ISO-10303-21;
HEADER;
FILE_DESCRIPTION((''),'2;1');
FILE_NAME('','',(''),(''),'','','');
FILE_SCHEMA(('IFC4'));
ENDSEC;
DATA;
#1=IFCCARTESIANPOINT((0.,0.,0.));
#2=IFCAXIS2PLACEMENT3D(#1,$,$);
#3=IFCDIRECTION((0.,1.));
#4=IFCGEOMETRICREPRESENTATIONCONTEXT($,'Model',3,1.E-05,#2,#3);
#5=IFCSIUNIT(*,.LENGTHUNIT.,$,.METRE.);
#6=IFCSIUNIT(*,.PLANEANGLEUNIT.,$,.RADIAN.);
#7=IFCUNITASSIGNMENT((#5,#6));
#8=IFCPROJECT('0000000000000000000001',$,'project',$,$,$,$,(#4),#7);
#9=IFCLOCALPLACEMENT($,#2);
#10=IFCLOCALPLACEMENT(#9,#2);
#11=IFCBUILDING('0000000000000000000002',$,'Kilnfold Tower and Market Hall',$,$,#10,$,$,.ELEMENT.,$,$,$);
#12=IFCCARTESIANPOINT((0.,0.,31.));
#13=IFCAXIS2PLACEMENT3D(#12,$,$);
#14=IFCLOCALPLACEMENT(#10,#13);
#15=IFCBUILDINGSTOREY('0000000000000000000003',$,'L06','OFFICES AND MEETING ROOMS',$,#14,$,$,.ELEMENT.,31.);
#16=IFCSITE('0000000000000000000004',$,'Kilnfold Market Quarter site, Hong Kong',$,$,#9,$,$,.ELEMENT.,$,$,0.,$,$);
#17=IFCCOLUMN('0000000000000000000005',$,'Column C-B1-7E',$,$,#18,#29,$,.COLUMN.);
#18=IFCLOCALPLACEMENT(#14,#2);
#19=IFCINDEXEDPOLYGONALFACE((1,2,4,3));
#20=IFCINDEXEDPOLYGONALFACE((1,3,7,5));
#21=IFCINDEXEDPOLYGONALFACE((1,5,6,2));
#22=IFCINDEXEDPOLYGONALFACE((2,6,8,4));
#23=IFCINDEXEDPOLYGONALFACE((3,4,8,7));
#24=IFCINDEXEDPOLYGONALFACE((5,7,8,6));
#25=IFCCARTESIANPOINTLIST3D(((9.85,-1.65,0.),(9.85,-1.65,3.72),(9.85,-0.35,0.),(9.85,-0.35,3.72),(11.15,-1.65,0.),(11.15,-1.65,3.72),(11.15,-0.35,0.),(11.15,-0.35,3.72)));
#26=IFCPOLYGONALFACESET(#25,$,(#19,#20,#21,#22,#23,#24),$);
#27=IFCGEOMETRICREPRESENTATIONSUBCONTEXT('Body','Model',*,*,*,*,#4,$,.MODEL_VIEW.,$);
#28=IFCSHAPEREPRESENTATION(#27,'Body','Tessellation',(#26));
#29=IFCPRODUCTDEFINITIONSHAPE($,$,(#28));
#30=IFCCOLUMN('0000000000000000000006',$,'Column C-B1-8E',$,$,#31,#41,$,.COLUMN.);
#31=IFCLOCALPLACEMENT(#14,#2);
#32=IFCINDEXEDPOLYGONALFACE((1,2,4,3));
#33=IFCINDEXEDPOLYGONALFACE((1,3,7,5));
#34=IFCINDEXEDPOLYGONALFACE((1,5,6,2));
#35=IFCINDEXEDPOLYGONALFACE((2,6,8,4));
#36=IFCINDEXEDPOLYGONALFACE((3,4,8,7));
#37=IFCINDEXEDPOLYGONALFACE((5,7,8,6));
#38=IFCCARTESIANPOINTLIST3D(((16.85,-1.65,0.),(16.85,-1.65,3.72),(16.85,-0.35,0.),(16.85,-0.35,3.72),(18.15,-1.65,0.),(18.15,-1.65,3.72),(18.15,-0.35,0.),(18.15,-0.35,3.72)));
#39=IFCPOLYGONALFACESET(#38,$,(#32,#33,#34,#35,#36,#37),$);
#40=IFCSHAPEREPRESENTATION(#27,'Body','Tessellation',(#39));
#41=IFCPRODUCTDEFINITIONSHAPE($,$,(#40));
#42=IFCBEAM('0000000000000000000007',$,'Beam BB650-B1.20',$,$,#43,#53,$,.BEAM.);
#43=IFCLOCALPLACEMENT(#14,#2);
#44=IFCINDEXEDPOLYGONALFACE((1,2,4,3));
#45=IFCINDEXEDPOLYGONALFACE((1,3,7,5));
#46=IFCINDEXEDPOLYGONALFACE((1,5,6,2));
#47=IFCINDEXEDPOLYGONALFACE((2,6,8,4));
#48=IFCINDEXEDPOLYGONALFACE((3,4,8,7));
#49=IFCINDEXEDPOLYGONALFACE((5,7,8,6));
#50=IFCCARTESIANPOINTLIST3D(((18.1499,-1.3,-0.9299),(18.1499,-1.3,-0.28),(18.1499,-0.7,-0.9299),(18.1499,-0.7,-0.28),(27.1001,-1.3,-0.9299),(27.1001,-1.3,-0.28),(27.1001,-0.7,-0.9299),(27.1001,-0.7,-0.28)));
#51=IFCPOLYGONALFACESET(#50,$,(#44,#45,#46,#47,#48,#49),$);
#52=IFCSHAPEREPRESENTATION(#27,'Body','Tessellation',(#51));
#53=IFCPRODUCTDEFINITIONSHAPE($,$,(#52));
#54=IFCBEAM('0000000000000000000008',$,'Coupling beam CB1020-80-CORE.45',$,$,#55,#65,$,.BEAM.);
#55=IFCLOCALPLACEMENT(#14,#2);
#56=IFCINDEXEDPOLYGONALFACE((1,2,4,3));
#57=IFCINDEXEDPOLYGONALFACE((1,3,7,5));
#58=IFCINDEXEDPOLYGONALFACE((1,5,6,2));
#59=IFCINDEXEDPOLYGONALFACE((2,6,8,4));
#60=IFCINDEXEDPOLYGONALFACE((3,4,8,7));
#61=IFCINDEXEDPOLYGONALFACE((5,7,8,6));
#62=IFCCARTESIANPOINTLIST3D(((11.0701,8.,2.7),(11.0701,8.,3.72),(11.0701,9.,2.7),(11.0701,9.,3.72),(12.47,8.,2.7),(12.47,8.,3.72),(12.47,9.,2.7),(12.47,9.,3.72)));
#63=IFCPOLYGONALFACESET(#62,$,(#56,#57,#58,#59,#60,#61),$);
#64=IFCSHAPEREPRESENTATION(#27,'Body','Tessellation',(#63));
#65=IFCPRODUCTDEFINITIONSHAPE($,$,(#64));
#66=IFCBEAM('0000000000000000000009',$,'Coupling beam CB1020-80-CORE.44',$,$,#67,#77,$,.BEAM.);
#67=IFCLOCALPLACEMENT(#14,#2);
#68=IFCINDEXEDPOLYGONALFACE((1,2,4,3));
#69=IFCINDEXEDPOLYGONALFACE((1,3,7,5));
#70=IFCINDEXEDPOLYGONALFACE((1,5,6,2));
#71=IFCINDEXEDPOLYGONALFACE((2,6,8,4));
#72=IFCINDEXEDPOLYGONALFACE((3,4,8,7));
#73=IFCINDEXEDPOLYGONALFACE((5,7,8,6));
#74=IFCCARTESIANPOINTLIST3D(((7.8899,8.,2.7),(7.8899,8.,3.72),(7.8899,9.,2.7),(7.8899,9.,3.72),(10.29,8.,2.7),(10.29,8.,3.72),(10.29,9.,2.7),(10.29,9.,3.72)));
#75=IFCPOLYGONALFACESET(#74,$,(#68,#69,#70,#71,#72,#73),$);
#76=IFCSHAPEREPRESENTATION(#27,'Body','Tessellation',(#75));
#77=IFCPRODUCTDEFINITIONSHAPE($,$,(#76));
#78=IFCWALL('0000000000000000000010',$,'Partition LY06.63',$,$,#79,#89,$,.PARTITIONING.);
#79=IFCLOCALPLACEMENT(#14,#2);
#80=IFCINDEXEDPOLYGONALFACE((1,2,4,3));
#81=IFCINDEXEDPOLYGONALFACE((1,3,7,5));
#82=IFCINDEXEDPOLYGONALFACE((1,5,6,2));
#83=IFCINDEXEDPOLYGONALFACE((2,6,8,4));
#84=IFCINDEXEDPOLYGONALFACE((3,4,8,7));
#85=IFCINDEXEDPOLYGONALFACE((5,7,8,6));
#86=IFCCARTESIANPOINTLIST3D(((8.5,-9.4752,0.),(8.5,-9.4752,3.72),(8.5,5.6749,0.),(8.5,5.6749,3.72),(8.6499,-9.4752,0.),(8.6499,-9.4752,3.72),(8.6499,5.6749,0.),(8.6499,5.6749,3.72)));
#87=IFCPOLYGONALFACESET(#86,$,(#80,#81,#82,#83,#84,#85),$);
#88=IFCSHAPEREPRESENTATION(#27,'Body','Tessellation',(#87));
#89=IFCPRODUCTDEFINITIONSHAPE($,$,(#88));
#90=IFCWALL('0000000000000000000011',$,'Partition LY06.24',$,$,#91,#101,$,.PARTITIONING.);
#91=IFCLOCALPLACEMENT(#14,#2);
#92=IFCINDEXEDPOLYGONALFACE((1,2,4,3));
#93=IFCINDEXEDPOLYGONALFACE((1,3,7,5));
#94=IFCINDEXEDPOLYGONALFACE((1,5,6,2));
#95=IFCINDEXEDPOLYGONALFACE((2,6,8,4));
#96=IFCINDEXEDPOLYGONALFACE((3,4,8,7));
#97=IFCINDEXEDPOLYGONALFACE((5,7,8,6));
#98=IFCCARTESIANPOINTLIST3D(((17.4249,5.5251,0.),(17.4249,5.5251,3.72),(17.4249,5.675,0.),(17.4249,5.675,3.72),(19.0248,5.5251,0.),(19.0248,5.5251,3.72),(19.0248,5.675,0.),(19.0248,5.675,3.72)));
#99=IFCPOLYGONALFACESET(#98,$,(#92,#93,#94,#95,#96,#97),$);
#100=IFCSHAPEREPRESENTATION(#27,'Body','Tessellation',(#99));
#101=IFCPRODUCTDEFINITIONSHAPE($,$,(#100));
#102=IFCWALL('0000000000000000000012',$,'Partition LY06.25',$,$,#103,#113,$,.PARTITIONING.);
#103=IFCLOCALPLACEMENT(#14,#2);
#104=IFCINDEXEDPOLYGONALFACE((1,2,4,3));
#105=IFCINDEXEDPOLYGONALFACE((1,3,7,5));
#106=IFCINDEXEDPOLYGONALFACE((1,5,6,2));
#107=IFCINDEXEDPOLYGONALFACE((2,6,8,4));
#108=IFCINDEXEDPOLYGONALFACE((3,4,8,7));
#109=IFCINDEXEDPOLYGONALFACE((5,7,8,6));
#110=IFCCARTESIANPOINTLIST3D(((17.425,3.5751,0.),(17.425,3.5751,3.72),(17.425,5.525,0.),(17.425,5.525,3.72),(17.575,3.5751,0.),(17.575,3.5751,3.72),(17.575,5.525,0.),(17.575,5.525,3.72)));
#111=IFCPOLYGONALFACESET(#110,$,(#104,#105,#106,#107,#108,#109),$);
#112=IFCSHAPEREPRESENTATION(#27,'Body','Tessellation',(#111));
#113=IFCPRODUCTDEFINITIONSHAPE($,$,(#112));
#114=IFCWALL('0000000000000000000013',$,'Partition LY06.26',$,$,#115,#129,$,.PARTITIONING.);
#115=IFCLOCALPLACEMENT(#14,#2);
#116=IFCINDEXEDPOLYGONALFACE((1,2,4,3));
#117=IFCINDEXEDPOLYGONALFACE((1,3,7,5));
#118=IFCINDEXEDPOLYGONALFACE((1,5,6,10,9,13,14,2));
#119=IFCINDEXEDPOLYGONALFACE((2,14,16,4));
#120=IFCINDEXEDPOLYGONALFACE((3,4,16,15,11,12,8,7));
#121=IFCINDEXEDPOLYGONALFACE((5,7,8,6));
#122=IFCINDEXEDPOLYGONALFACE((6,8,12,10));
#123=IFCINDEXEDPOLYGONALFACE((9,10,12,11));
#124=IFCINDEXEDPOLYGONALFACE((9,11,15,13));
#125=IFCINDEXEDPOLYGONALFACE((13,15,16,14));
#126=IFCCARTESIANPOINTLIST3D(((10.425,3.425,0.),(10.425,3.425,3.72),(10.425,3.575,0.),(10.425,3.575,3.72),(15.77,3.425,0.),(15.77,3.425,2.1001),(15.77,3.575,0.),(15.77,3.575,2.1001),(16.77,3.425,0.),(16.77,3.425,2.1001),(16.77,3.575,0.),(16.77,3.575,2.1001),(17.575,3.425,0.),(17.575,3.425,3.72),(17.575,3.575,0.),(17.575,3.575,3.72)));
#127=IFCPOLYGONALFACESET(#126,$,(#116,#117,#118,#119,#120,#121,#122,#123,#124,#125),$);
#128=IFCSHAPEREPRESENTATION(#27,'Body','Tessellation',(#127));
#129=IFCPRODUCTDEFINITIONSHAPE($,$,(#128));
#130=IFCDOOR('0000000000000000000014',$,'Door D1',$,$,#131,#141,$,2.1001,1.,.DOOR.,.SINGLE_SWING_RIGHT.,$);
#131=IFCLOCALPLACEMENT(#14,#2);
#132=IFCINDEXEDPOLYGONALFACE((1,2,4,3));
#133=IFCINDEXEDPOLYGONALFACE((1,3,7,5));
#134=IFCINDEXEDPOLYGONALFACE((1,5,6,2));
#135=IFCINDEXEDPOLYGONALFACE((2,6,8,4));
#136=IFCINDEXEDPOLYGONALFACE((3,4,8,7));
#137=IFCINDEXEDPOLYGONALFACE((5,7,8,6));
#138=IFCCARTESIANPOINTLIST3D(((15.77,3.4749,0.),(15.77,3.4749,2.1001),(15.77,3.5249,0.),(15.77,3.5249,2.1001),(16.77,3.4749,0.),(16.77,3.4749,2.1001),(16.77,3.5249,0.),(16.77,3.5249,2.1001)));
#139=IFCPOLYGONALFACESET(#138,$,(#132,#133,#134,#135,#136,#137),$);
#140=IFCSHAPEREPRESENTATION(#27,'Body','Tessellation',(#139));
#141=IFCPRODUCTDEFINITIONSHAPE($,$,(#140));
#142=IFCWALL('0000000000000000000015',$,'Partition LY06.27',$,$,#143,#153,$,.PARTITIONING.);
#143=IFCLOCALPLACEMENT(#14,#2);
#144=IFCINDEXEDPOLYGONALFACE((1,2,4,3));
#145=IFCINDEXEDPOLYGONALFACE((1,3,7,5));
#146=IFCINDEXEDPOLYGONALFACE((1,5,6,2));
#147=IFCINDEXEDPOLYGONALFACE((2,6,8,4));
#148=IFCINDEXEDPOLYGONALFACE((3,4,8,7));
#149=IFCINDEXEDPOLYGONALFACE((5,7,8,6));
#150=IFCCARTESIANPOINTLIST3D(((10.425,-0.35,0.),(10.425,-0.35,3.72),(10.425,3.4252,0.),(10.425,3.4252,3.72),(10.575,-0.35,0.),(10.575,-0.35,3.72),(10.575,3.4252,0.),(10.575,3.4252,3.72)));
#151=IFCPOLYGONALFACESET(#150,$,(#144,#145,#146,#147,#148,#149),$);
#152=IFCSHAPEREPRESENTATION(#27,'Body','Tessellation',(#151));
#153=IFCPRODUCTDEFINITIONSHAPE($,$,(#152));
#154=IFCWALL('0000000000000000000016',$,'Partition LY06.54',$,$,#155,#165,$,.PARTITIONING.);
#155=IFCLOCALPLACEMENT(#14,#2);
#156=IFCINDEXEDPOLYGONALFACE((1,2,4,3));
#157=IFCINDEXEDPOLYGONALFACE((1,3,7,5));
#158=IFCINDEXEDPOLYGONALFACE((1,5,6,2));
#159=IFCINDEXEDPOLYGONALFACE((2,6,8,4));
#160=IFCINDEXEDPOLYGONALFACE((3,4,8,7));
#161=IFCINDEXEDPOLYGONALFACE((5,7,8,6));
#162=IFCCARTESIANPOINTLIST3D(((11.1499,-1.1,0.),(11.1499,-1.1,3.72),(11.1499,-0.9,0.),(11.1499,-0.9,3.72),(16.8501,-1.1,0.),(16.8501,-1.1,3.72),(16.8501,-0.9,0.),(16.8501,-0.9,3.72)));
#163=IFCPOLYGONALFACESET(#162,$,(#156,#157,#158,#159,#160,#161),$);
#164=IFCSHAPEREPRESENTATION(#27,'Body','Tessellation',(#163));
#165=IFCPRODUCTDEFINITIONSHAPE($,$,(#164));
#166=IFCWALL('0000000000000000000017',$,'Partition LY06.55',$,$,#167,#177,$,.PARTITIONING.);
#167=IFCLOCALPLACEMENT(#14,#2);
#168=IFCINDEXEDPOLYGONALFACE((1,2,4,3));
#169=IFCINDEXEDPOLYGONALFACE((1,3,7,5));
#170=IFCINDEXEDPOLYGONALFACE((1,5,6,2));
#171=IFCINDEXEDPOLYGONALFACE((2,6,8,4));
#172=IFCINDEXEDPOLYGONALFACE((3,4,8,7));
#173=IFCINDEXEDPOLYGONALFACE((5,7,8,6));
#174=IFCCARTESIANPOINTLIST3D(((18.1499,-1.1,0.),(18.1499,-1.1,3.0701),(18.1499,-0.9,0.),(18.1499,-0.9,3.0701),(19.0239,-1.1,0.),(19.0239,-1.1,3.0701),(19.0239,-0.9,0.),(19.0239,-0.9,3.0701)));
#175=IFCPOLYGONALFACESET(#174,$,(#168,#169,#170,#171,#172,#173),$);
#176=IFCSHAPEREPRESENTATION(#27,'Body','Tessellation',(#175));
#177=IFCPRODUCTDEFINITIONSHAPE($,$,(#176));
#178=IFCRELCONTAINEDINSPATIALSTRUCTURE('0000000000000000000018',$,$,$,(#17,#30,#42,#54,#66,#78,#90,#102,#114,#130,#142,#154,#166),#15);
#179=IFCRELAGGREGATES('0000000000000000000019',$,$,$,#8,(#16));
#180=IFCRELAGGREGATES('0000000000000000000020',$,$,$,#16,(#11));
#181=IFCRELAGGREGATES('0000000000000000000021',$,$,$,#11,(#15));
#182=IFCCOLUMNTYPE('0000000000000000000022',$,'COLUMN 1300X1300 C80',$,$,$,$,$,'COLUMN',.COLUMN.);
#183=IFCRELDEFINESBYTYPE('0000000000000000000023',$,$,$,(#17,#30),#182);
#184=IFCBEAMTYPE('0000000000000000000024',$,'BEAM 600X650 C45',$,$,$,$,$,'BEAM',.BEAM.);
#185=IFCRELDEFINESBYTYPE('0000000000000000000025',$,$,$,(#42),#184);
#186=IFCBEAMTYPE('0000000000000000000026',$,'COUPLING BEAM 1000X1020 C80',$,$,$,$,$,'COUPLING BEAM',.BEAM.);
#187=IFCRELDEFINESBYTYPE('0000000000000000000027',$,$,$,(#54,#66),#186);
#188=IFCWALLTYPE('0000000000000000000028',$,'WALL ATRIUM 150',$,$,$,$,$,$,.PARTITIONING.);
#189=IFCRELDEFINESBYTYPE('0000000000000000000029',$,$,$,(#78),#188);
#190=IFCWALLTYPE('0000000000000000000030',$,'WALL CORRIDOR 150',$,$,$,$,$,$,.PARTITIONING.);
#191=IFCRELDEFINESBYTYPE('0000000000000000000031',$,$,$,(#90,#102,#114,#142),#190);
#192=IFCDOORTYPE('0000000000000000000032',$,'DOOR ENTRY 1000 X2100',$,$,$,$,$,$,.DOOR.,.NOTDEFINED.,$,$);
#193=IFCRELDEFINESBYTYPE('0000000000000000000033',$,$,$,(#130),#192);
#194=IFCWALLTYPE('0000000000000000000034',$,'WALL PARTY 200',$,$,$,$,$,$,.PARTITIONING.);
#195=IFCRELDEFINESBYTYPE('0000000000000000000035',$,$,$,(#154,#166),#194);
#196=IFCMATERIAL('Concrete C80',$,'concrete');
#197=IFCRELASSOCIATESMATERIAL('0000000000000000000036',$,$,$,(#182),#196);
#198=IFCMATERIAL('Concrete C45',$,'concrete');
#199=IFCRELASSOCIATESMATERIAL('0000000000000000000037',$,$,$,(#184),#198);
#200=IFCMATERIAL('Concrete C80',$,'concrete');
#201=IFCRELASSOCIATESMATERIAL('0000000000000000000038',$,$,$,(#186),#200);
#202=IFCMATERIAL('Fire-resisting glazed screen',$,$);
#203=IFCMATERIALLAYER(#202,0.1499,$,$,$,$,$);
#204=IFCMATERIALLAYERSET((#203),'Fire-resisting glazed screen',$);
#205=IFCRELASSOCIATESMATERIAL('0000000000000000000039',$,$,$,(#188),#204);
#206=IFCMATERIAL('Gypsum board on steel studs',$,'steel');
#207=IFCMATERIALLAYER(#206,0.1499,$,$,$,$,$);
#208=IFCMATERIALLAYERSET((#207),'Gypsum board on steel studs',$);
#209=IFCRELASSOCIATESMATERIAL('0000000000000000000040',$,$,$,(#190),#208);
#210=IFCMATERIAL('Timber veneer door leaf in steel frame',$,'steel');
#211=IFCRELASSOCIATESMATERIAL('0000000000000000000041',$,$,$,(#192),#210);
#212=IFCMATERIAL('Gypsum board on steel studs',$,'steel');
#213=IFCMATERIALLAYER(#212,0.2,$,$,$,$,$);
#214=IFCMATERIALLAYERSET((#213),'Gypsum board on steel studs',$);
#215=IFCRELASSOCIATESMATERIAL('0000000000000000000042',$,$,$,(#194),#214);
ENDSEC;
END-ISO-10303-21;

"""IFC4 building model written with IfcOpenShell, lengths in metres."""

from ifc_helpers import new_model, si_unit, direction, frame, frame_2d, origin, origin_2d, place, context, subcontext, project, spatial, rectangle, extrude, source, transform, mapped, material, layer, layer_set, material_profile, profile_set, type_object, element, fill, save


model = new_model("IFC4")

# Units and contexts
model_context = context("Model", 3, precision=1e-05, world=origin(), true_north=direction((0.0, 1.0)))
body_context = subcontext(model_context, "Body", "Model", "MODEL_VIEW")
ifc_project = project(units=[si_unit("LENGTHUNIT", "METRE"), si_unit("PLANEANGLEUNIT", "RADIAN")], contexts=[model_context])

# Site, building, storey
site_placement = place(None, origin())
site = spatial("IfcSite", under=ifc_project, at=site_placement, Name="Kilnfold Market Quarter site, Hong Kong", CompositionType="ELEMENT", RefElevation=0.0)
building_placement = place(site_placement, origin())
building = spatial("IfcBuilding", under=site, at=building_placement, Name="Kilnfold Tower and Market Hall", CompositionType="ELEMENT")
storey_placement = place(building_placement, frame((0.0, 0.0, 31.0)))
storey = spatial("IfcBuildingStorey", under=building, at=storey_placement, Name="L06", Description="OFFICES AND MEETING ROOMS", CompositionType="ELEMENT", Elevation=31.0)

# Columns
ifc_material_1 = material(Name="Concrete C80", Category="concrete")
ifc_material_profile_1 = material_profile(ifc_material_1, rectangle(XDim=1.3, YDim=1.3, at=origin_2d()), Name="RC 1300x1300")
ifc_profile_set_1 = profile_set([ifc_material_profile_1], Name="Concrete C80")
column_type = type_object("IfcColumnType", Name="COLUMN 1300X1300 C80", ElementType="COLUMN", PredefinedType="COLUMN", material=ifc_profile_set_1)
shared_shape_1 = source(origin(), body_context, "Body", "SweptSolid", [
    extrude(rectangle(XDim=1.3, YDim=1.3, at=origin_2d()), origin(), (0.0, 0.0, 1.0), 3.72),
])
for number, where, z_axis, x_axis, name in (
    (1, (10.5, -1.0, 0.0), (0.0, 0.0, 1.0), (1.0, 0.0, 0.0), "Column C-B1-7E"),
    (2, (17.5, -1.0, 0.0), (0.0, 0.0, 1.0), (1.0, 0.0, 0.0), "Column C-B1-8E"),
):
    element("IfcColumn", number, at=place(storey_placement, frame(where, z_axis=z_axis, x_axis=x_axis)), inside=storey, type_object=column_type, Name=name, PredefinedType="COLUMN", context=body_context, shape_type="MappedRepresentation", body=[
        mapped(shared_shape_1, transform((0.0, 0.0, 0.0))),
    ])

# Beams
ifc_material_2 = material(Name="Concrete C45", Category="concrete")
ifc_material_profile_2 = material_profile(ifc_material_2, rectangle(XDim=0.6001, YDim=0.6499, at=origin_2d()), Name="RC 600x650")
ifc_profile_set_2 = profile_set([ifc_material_profile_2], Name="Concrete C45")
beam_type_1 = type_object("IfcBeamType", Name="BEAM 600X650 C45", ElementType="BEAM", PredefinedType="BEAM", material=ifc_profile_set_2)
shared_shape_2 = source(origin(), body_context, "Body", "SweptSolid", [
    extrude(rectangle(XDim=0.6001, YDim=0.6499, at=origin_2d()), origin(), (0.0, 0.0, 1.0), 8.9502),
])
beam_1_placement = place(storey_placement, frame((18.1499, -1.0, -0.605), z_axis=(1.0, 0.0, 0.0), x_axis=(0.0, 1.0, 0.0)))
element("IfcBeam", 3, at=beam_1_placement, inside=storey, type_object=beam_type_1, Name="Beam BB650-B1.20", PredefinedType="BEAM", context=body_context, shape_type="MappedRepresentation", body=[
    mapped(shared_shape_2, transform((0.0, 0.0, 0.0))),
])
ifc_material_3 = material(Name="Concrete C80", Category="concrete")
ifc_material_profile_3 = material_profile(ifc_material_3, rectangle(XDim=1.0, YDim=1.02, at=origin_2d()), Name="RC 1000x1020")
ifc_profile_set_3 = profile_set([ifc_material_profile_3], Name="Concrete C80")
beam_type_2 = type_object("IfcBeamType", Name="COUPLING BEAM 1000X1020 C80", ElementType="COUPLING BEAM", PredefinedType="BEAM", material=ifc_profile_set_3)
shared_shape_3 = source(origin(), body_context, "Body", "SweptSolid", [
    extrude(rectangle(XDim=1.0, YDim=1.02, at=origin_2d()), origin(), (0.0, 0.0, 1.0), 1.3999),
])
beam_2_placement = place(storey_placement, frame((11.0701, 8.5, 3.21), z_axis=(1.0, 0.0, 0.0), x_axis=(0.0, 1.0, 0.0)))
element("IfcBeam", 4, at=beam_2_placement, inside=storey, type_object=beam_type_2, Name="Coupling beam CB1020-80-CORE.45", PredefinedType="BEAM", context=body_context, shape_type="MappedRepresentation", body=[
    mapped(shared_shape_3, transform((0.0, 0.0, 0.0))),
])
shared_shape_4 = source(origin(), body_context, "Body", "SweptSolid", [
    extrude(rectangle(XDim=1.0, YDim=1.02, at=origin_2d()), origin(), (0.0, 0.0, 1.0), 2.4001),
])
beam_3_placement = place(storey_placement, frame((7.8899, 8.5, 3.21), z_axis=(1.0, 0.0, 0.0), x_axis=(0.0, 1.0, 0.0)))
element("IfcBeam", 5, at=beam_3_placement, inside=storey, type_object=beam_type_2, Name="Coupling beam CB1020-80-CORE.44", PredefinedType="BEAM", context=body_context, shape_type="MappedRepresentation", body=[
    mapped(shared_shape_4, transform((0.0, 0.0, 0.0))),
])

# Walls
ifc_material_4 = material(Name="Fire-resisting glazed screen")
ifc_layer_1 = layer(ifc_material_4, 0.1499)
ifc_layer_set_1 = layer_set([ifc_layer_1], Name="Fire-resisting glazed screen")
wall_type_1 = type_object("IfcWallType", Name="WALL ATRIUM 150", PredefinedType="PARTITIONING", material=ifc_layer_set_1)
wall_1_placement = place(storey_placement, frame((8.575, 5.675, 0.0), z_axis=(0.0, 0.0, 1.0), x_axis=(0.0, -1.0, 0.0)))
element("IfcWall", 6, at=wall_1_placement, inside=storey, type_object=wall_type_1, Name="Partition LY06.63", PredefinedType="PARTITIONING", context=body_context, shape_type="SweptSolid", body=[
    extrude(rectangle(XDim=15.1501, YDim=0.1499, at=frame_2d((7.5752, 0.0))), origin(), (0.0, 0.0, 1.0), 3.72),
])
ifc_material_5 = material(Name="Gypsum board on steel studs", Category="steel")
ifc_layer_2 = layer(ifc_material_5, 0.1499)
ifc_layer_set_2 = layer_set([ifc_layer_2], Name="Gypsum board on steel studs")
wall_type_2 = type_object("IfcWallType", Name="WALL CORRIDOR 150", PredefinedType="PARTITIONING", material=ifc_layer_set_2)
wall_2_placement = place(storey_placement, frame((17.425, 5.6001, 0.0), z_axis=(0.0, 0.0, 1.0), x_axis=(1.0, 0.0, 0.0)))
element("IfcWall", 7, at=wall_2_placement, inside=storey, type_object=wall_type_2, Name="Partition LY06.24", PredefinedType="PARTITIONING", context=body_context, shape_type="SweptSolid", body=[
    extrude(rectangle(XDim=1.5999, YDim=0.1499, at=frame_2d((0.7998, 0.0))), origin(), (0.0, 0.0, 1.0), 3.72),
])
wall_3_placement = place(storey_placement, frame((17.5, 3.575, 0.0), z_axis=(0.0, 0.0, 1.0), x_axis=(0.0, 1.0, 0.0)))
element("IfcWall", 8, at=wall_3_placement, inside=storey, type_object=wall_type_2, Name="Partition LY06.25", PredefinedType="PARTITIONING", context=body_context, shape_type="SweptSolid", body=[
    extrude(rectangle(XDim=1.95, YDim=0.1499, at=frame_2d((0.9751, 0.0))), origin(), (0.0, 0.0, 1.0), 3.72),
])

# Wall, opening, door
wall_4_placement = place(storey_placement, frame((10.425, 3.5, 0.0), z_axis=(0.0, 0.0, 1.0), x_axis=(1.0, 0.0, 0.0)))
wall_4 = element("IfcWall", 9, at=wall_4_placement, inside=storey, type_object=wall_type_2, Name="Partition LY06.26", PredefinedType="PARTITIONING", context=body_context, shape_type="SweptSolid", body=[
    extrude(rectangle(XDim=7.1499, YDim=0.1499, at=frame_2d((3.575, 0.0))), origin(), (0.0, 0.0, 1.0), 3.72),
])
opening_1_placement = place(wall_4_placement, frame((5.345, 0.0, 0.0)))
opening_1 = element("IfcOpeningElement", 10, at=opening_1_placement, cuts=wall_4, PredefinedType="OPENING", context=body_context, shape_type="SweptSolid", body=[
    extrude(rectangle(XDim=1.0, YDim=2.1001, at=frame_2d((0.5, 1.05))), frame((0.0, 0.085, 0.0), z_axis=(0.0, -1.0, 0.0), x_axis=(1.0, 0.0, 0.0)), (0.0, 0.0, 1.0), 0.1699),
])
ifc_material_6 = material(Name="Timber veneer door leaf in steel frame", Category="steel")
door_type_1 = type_object("IfcDoorType", Name="DOOR ENTRY 1000 X2100", OperationType="NOTDEFINED", PredefinedType="DOOR", material=ifc_material_6)
door_1_placement = place(opening_1_placement, origin())
door_1 = element("IfcDoor", 11, at=door_1_placement, inside=storey, type_object=door_type_1, Name="Door D1", OperationType="SINGLE_SWING_RIGHT", OverallHeight=2.1001, OverallWidth=1.0, PredefinedType="DOOR", context=body_context, shape_type="SweptSolid", body=[
    extrude(rectangle(XDim=1.0, YDim=2.1001, at=frame_2d((0.5, 1.05))), frame((0.0, 0.0249, 0.0), z_axis=(0.0, -1.0, 0.0), x_axis=(1.0, 0.0, 0.0)), (0.0, 0.0, 1.0), 0.05),
])
fill(opening_1, door_1)

# Walls
wall_5_placement = place(storey_placement, frame((10.5, -0.3501, 0.0), z_axis=(0.0, 0.0, 1.0), x_axis=(0.0, 1.0, 0.0)))
element("IfcWall", 12, at=wall_5_placement, inside=storey, type_object=wall_type_2, Name="Partition LY06.27", PredefinedType="PARTITIONING", context=body_context, shape_type="SweptSolid", body=[
    extrude(rectangle(XDim=3.7751, YDim=0.1499, at=frame_2d((1.8877, 0.0))), origin(), (0.0, 0.0, 1.0), 3.72),
])
ifc_material_7 = material(Name="Gypsum board on steel studs", Category="steel")
ifc_layer_3 = layer(ifc_material_7, 0.2)
ifc_layer_set_3 = layer_set([ifc_layer_3], Name="Gypsum board on steel studs")
wall_type_3 = type_object("IfcWallType", Name="WALL PARTY 200", PredefinedType="PARTITIONING", material=ifc_layer_set_3)
wall_6_placement = place(storey_placement, frame((11.1499, -1.0, 0.0), z_axis=(0.0, 0.0, 1.0), x_axis=(1.0, 0.0, 0.0)))
element("IfcWall", 13, at=wall_6_placement, inside=storey, type_object=wall_type_3, Name="Partition LY06.54", PredefinedType="PARTITIONING", context=body_context, shape_type="SweptSolid", body=[
    extrude(rectangle(XDim=5.7002, YDim=0.2, at=frame_2d((2.8501, 0.0))), origin(), (0.0, 0.0, 1.0), 3.72),
])
wall_7_placement = place(storey_placement, frame((18.1499, -1.0, 0.0), z_axis=(0.0, 0.0, 1.0), x_axis=(1.0, 0.0, 0.0)))
element("IfcWall", 14, at=wall_7_placement, inside=storey, type_object=wall_type_3, Name="Partition LY06.55", PredefinedType="PARTITIONING", context=body_context, shape_type="SweptSolid", body=[
    extrude(rectangle(XDim=0.874, YDim=0.2, at=frame_2d((0.437, 0.0))), origin(), (0.0, 0.0, 1.0), 3.0701),
])

save(model, "model.ifc")
